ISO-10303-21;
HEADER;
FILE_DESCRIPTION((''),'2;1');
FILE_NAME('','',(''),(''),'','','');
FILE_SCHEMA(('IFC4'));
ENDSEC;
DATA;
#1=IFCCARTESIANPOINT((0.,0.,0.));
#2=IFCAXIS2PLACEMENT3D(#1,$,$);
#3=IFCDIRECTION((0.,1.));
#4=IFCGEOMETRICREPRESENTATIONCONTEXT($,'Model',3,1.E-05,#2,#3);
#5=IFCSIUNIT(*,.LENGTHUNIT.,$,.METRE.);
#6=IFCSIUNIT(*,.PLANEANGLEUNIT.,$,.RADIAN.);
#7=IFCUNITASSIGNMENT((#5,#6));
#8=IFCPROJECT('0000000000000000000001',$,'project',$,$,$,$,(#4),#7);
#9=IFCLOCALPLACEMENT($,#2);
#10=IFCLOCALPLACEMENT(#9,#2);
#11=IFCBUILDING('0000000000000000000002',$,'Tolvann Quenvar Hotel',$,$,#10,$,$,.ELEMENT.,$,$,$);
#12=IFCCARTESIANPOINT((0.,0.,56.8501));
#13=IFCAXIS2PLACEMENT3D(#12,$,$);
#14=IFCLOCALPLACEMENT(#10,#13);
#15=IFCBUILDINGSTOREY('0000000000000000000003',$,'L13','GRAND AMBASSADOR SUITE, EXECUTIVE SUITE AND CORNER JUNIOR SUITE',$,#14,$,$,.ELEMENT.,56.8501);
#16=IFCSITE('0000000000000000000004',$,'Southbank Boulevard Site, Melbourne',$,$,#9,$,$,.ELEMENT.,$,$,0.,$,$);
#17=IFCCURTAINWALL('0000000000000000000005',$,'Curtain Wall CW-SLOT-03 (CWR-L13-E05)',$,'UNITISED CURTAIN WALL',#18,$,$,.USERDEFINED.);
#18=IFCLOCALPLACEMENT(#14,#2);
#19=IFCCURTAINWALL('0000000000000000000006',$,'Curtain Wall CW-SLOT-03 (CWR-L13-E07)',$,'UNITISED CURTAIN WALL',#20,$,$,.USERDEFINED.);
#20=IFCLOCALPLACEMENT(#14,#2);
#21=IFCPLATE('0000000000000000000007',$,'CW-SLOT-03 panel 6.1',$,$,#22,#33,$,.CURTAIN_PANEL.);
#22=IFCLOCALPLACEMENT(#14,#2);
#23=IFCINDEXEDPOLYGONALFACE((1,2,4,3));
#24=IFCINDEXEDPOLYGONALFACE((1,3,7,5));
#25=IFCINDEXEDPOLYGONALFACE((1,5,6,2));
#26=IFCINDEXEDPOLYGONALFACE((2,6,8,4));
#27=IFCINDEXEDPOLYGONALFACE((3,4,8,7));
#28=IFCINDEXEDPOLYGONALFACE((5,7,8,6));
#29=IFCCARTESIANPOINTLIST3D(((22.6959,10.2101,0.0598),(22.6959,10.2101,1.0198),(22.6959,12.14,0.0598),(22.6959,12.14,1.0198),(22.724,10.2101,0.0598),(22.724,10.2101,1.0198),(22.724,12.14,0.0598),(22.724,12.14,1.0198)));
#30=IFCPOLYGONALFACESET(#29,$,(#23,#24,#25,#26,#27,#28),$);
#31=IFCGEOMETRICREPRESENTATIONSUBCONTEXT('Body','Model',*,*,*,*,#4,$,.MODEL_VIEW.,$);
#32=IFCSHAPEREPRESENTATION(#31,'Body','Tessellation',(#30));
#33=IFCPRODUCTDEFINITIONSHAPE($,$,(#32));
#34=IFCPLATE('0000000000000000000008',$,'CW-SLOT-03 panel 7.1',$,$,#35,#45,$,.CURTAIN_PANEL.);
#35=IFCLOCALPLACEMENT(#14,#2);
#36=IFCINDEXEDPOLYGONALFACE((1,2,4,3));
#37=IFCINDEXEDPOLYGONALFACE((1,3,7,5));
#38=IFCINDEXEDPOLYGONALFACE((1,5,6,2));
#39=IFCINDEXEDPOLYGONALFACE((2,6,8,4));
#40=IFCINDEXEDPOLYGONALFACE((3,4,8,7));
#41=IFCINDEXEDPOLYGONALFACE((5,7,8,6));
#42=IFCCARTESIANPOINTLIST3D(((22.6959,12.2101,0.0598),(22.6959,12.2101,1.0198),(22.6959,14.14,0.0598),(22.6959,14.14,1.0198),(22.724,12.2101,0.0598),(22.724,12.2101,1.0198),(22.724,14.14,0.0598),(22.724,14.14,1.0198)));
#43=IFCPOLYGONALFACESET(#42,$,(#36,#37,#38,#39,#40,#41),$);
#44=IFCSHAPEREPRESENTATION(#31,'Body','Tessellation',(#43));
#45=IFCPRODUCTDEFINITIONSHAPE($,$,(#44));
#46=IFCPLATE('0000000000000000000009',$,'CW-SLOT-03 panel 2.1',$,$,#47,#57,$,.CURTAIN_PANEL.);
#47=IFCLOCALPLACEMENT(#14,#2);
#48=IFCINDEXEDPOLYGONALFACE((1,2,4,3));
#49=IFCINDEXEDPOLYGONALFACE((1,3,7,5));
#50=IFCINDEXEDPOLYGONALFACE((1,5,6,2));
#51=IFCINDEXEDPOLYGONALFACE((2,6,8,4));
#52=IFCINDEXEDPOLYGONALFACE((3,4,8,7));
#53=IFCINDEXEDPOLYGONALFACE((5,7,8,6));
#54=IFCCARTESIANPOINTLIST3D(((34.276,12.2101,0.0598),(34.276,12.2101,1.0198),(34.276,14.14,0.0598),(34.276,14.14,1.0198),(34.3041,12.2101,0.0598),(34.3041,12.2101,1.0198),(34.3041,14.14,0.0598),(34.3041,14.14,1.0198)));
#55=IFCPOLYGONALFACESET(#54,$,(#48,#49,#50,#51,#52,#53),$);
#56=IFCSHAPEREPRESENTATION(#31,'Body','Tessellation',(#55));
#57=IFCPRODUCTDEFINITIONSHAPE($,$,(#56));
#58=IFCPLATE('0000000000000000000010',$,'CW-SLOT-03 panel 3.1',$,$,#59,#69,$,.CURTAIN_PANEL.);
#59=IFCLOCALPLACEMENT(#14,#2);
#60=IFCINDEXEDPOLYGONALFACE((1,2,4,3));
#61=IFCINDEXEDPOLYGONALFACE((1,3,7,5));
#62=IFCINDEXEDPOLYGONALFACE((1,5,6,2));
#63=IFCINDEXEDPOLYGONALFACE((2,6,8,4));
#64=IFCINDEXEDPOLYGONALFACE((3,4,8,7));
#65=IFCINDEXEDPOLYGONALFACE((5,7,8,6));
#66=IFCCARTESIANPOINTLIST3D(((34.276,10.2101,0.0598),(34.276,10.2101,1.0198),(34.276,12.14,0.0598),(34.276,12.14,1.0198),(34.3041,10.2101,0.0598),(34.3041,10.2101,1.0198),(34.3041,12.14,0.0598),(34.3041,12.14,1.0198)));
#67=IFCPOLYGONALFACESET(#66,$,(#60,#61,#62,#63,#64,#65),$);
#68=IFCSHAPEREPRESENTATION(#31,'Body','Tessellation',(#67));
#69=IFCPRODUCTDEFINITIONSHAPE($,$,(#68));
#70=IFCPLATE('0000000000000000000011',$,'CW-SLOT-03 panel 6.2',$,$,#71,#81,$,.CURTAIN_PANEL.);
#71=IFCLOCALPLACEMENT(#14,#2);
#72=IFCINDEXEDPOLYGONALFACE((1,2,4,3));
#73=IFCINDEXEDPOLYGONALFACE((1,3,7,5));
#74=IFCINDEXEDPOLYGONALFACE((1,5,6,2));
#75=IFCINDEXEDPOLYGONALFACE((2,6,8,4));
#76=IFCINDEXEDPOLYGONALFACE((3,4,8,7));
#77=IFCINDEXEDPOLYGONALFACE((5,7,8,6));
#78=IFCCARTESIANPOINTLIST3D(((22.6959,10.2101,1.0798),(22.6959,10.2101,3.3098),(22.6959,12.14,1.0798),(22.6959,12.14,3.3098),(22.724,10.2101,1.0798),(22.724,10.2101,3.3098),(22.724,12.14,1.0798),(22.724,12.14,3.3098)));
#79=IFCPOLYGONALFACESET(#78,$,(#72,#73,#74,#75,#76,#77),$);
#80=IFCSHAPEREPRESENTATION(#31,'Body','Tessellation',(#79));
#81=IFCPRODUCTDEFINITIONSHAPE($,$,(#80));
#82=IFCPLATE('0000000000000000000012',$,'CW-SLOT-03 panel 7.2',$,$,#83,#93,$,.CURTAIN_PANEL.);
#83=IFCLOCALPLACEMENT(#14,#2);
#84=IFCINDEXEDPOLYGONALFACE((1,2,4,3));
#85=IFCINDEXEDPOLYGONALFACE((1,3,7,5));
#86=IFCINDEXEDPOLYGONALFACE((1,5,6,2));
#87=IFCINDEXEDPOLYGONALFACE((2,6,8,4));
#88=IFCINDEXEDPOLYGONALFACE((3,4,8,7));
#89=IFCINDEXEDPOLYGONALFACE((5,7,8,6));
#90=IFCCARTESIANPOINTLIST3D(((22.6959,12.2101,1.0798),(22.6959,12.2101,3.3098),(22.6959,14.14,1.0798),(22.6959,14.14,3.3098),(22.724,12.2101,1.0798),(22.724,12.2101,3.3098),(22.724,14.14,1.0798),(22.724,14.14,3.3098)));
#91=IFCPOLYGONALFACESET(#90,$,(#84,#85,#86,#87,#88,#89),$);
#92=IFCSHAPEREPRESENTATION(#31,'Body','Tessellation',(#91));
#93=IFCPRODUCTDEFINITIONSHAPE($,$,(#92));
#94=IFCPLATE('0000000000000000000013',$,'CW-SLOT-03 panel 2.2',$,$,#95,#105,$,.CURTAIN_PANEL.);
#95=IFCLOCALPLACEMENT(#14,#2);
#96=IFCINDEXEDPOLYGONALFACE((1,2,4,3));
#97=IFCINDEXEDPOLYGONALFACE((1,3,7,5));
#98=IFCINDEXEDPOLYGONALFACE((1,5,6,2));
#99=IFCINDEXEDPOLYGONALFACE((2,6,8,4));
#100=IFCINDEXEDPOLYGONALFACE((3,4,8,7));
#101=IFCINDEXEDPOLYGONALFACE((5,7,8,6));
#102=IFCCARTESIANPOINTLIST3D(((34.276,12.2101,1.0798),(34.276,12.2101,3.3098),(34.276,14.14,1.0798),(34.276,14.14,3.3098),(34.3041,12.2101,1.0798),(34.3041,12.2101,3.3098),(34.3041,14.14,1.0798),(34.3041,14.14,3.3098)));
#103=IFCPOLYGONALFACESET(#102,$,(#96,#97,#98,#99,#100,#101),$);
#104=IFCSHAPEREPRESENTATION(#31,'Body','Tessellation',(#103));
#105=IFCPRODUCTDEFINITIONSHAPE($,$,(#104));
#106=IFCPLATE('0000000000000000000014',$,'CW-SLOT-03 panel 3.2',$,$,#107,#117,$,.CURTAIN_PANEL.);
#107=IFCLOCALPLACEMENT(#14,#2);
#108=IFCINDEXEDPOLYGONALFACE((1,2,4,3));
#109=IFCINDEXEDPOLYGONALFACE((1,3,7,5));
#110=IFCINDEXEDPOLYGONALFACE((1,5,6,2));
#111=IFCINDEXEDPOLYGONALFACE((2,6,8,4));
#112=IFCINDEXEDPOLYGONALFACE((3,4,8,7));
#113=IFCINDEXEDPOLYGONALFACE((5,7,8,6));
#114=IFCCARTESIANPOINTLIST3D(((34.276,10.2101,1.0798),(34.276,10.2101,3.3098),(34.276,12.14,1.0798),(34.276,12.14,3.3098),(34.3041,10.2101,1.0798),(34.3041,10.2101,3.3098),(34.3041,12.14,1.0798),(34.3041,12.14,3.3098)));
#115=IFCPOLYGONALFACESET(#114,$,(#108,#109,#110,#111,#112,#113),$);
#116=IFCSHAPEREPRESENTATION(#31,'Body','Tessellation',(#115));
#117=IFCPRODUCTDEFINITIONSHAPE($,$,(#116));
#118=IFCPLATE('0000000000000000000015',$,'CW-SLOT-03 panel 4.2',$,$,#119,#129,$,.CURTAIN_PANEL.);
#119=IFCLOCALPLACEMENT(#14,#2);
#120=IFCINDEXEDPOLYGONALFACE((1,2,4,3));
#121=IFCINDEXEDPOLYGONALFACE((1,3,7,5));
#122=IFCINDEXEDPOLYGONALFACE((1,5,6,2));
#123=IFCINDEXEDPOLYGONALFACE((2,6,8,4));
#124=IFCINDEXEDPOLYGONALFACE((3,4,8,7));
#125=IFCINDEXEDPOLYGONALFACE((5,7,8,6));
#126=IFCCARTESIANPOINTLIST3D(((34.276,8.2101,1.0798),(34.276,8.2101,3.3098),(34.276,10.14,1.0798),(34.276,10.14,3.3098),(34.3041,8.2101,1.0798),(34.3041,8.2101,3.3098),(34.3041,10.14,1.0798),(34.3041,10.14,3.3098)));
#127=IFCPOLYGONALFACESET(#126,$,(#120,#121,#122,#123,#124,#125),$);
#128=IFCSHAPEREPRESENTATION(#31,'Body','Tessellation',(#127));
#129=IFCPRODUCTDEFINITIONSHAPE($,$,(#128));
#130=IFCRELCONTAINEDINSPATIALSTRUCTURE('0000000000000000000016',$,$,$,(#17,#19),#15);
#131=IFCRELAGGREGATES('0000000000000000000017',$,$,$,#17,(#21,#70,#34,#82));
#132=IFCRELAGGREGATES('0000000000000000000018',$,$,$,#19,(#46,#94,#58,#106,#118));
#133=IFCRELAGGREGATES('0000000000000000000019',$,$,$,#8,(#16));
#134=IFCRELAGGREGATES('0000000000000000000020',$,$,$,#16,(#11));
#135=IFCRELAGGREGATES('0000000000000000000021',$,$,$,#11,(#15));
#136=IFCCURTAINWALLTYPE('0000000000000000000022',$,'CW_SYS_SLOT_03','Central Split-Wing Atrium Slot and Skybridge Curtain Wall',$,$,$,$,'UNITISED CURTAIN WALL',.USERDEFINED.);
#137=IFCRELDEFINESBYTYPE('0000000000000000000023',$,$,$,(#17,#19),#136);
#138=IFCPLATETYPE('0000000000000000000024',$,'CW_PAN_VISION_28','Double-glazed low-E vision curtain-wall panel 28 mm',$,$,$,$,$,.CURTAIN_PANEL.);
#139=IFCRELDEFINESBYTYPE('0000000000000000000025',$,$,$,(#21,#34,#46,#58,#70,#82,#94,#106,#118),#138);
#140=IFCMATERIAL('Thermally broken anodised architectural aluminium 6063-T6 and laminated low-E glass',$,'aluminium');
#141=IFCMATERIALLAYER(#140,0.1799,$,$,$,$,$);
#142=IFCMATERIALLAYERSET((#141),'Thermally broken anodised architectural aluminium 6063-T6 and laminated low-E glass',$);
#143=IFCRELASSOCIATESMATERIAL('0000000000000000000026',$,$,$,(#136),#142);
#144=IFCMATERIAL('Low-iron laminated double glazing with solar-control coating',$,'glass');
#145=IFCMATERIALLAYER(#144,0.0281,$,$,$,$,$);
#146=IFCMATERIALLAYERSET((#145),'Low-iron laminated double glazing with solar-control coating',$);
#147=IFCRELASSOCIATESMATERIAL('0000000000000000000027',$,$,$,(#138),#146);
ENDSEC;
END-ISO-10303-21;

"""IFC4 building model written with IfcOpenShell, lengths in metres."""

from ifc_helpers import new_model, si_unit, direction, frame, origin, origin_2d, place, context, subcontext, project, spatial, rectangle, extrude, source, transform, mapped, material, layer, layer_set, type_object, element, aggregate, save


model = new_model("IFC4")

# Units and contexts
model_context = context("Model", 3, precision=1e-05, world=origin(), true_north=direction((0.0, 1.0)))
body_context = subcontext(model_context, "Body", "Model", "MODEL_VIEW")
ifc_project = project(units=[si_unit("LENGTHUNIT", "METRE"), si_unit("PLANEANGLEUNIT", "RADIAN")], contexts=[model_context])

# Site, building, storey
site_placement = place(None, origin())
site = spatial("IfcSite", under=ifc_project, at=site_placement, Name="Southbank Boulevard Site, Melbourne", CompositionType="ELEMENT", RefElevation=0.0)
building_placement = place(site_placement, origin())
building = spatial("IfcBuilding", under=site, at=building_placement, Name="Tolvann Quenvar Hotel", CompositionType="ELEMENT")
storey_placement = place(building_placement, frame((0.0, 0.0, 56.8501)))
storey = spatial("IfcBuildingStorey", under=building, at=storey_placement, Name="L13", Description="GRAND AMBASSADOR SUITE, EXECUTIVE SUITE AND CORNER JUNIOR SUITE", CompositionType="ELEMENT", Elevation=56.8501)

# Curtain walls
ifc_material_1 = material(Name="Thermally broken anodised architectural aluminium 6063-T6 and laminated low-E glass", Category="aluminium")
ifc_layer_1 = layer(ifc_material_1, 0.1799)
ifc_layer_set_1 = layer_set([ifc_layer_1], Name="Thermally broken anodised architectural aluminium 6063-T6 and laminated low-E glass")
curtain_wall_type = type_object("IfcCurtainWallType", Name="CW_SYS_SLOT_03", Description="Central Split-Wing Atrium Slot and Skybridge Curtain Wall", ElementType="UNITISED CURTAIN WALL", PredefinedType="USERDEFINED", material=ifc_layer_set_1)
curtain_wall_1_placement = place(storey_placement, origin())
curtain_wall_1 = element("IfcCurtainWall", 1, at=curtain_wall_1_placement, inside=storey, type_object=curtain_wall_type, Name="Curtain Wall CW-SLOT-03 (CWR-L13-E05)", ObjectType="UNITISED CURTAIN WALL", PredefinedType="USERDEFINED")
curtain_wall_2_placement = place(storey_placement, origin())
curtain_wall_2 = element("IfcCurtainWall", 2, at=curtain_wall_2_placement, inside=storey, type_object=curtain_wall_type, Name="Curtain Wall CW-SLOT-03 (CWR-L13-E07)", ObjectType="UNITISED CURTAIN WALL", PredefinedType="USERDEFINED")

# Plates
ifc_material_2 = material(Name="Low-iron laminated double glazing with solar-control coating", Category="glass")
ifc_layer_2 = layer(ifc_material_2, 0.0281)
ifc_layer_set_2 = layer_set([ifc_layer_2], Name="Low-iron laminated double glazing with solar-control coating")
plate_type = type_object("IfcPlateType", Name="CW_PAN_VISION_28", Description="Double-glazed low-E vision curtain-wall panel 28 mm", PredefinedType="CURTAIN_PANEL", material=ifc_layer_set_2)
shared_shape_1 = source(origin(), body_context, "Body", "SweptSolid", [
    extrude(rectangle(XDim=1.9299, YDim=0.0281, at=origin_2d()), origin(), (0.0, 0.0, 1.0), 0.96),
])
plate_1_placement = place(storey_placement, frame((22.71, 11.175, 0.0598), z_axis=(0.0, 0.0, 1.0), x_axis=(0.0, 1.0, 0.0)))
plate_1 = element("IfcPlate", 3, at=plate_1_placement, type_object=plate_type, Name="CW-SLOT-03 panel 6.1", PredefinedType="CURTAIN_PANEL", context=body_context, shape_type="MappedRepresentation", body=[
    mapped(shared_shape_1, transform((0.0, 0.0, 0.0), x_axis=(1.0, 0.0, 0.0), y_axis=(0.0, 1.0, 0.0), z_axis=(0.0, 0.0, 1.0), scale=1.0)),
])
plate_2_placement = place(storey_placement, frame((22.71, 13.175, 0.0598), z_axis=(0.0, 0.0, 1.0), x_axis=(0.0, 1.0, 0.0)))
plate_2 = element("IfcPlate", 4, at=plate_2_placement, type_object=plate_type, Name="CW-SLOT-03 panel 7.1", PredefinedType="CURTAIN_PANEL", context=body_context, shape_type="MappedRepresentation", body=[
    mapped(shared_shape_1, transform((0.0, 0.0, 0.0), x_axis=(1.0, 0.0, 0.0), y_axis=(0.0, 1.0, 0.0), z_axis=(0.0, 0.0, 1.0), scale=1.0)),
])
plate_3_placement = place(storey_placement, frame((34.29, 13.175, 0.0598), z_axis=(0.0, 0.0, 1.0), x_axis=(0.0, -1.0, 0.0)))
plate_3 = element("IfcPlate", 5, at=plate_3_placement, type_object=plate_type, Name="CW-SLOT-03 panel 2.1", PredefinedType="CURTAIN_PANEL", context=body_context, shape_type="MappedRepresentation", body=[
    mapped(shared_shape_1, transform((0.0, 0.0, 0.0), x_axis=(1.0, 0.0, 0.0), y_axis=(0.0, 1.0, 0.0), z_axis=(0.0, 0.0, 1.0), scale=1.0)),
])
plate_4_placement = place(storey_placement, frame((34.29, 11.175, 0.0598), z_axis=(0.0, 0.0, 1.0), x_axis=(0.0, -1.0, 0.0)))
plate_4 = element("IfcPlate", 6, at=plate_4_placement, type_object=plate_type, Name="CW-SLOT-03 panel 3.1", PredefinedType="CURTAIN_PANEL", context=body_context, shape_type="MappedRepresentation", body=[
    mapped(shared_shape_1, transform((0.0, 0.0, 0.0), x_axis=(1.0, 0.0, 0.0), y_axis=(0.0, 1.0, 0.0), z_axis=(0.0, 0.0, 1.0), scale=1.0)),
])
shared_shape_2 = source(origin(), body_context, "Body", "SweptSolid", [
    extrude(rectangle(XDim=1.9299, YDim=0.0281, at=origin_2d()), origin(), (0.0, 0.0, 1.0), 2.23),
])
plate_5_placement = place(storey_placement, frame((22.71, 11.175, 1.0798), z_axis=(0.0, 0.0, 1.0), x_axis=(0.0, 1.0, 0.0)))
plate_5 = element("IfcPlate", 7, at=plate_5_placement, type_object=plate_type, Name="CW-SLOT-03 panel 6.2", PredefinedType="CURTAIN_PANEL", context=body_context, shape_type="MappedRepresentation", body=[
    mapped(shared_shape_2, transform((0.0, 0.0, 0.0), x_axis=(1.0, 0.0, 0.0), y_axis=(0.0, 1.0, 0.0), z_axis=(0.0, 0.0, 1.0), scale=1.0)),
])
plate_6_placement = place(storey_placement, frame((22.71, 13.175, 1.0798), z_axis=(0.0, 0.0, 1.0), x_axis=(0.0, 1.0, 0.0)))
plate_6 = element("IfcPlate", 8, at=plate_6_placement, type_object=plate_type, Name="CW-SLOT-03 panel 7.2", PredefinedType="CURTAIN_PANEL", context=body_context, shape_type="MappedRepresentation", body=[
    mapped(shared_shape_2, transform((0.0, 0.0, 0.0), x_axis=(1.0, 0.0, 0.0), y_axis=(0.0, 1.0, 0.0), z_axis=(0.0, 0.0, 1.0), scale=1.0)),
])
aggregate(curtain_wall_1, [plate_1, plate_5, plate_2, plate_6])
plate_7_placement = place(storey_placement, frame((34.29, 13.175, 1.0798), z_axis=(0.0, 0.0, 1.0), x_axis=(0.0, -1.0, 0.0)))
plate_7 = element("IfcPlate", 9, at=plate_7_placement, type_object=plate_type, Name="CW-SLOT-03 panel 2.2", PredefinedType="CURTAIN_PANEL", context=body_context, shape_type="MappedRepresentation", body=[
    mapped(shared_shape_2, transform((0.0, 0.0, 0.0), x_axis=(1.0, 0.0, 0.0), y_axis=(0.0, 1.0, 0.0), z_axis=(0.0, 0.0, 1.0), scale=1.0)),
])
plate_8_placement = place(storey_placement, frame((34.29, 11.175, 1.0798), z_axis=(0.0, 0.0, 1.0), x_axis=(0.0, -1.0, 0.0)))
plate_8 = element("IfcPlate", 10, at=plate_8_placement, type_object=plate_type, Name="CW-SLOT-03 panel 3.2", PredefinedType="CURTAIN_PANEL", context=body_context, shape_type="MappedRepresentation", body=[
    mapped(shared_shape_2, transform((0.0, 0.0, 0.0), x_axis=(1.0, 0.0, 0.0), y_axis=(0.0, 1.0, 0.0), z_axis=(0.0, 0.0, 1.0), scale=1.0)),
])
plate_9_placement = place(storey_placement, frame((34.29, 9.175, 1.0798), z_axis=(0.0, 0.0, 1.0), x_axis=(0.0, -1.0, 0.0)))
plate_9 = element("IfcPlate", 11, at=plate_9_placement, type_object=plate_type, Name="CW-SLOT-03 panel 4.2", PredefinedType="CURTAIN_PANEL", context=body_context, shape_type="MappedRepresentation", body=[
    mapped(shared_shape_2, transform((0.0, 0.0, 0.0), x_axis=(1.0, 0.0, 0.0), y_axis=(0.0, 1.0, 0.0), z_axis=(0.0, 0.0, 1.0), scale=1.0)),
])
aggregate(curtain_wall_2, [plate_3, plate_7, plate_4, plate_8, plate_9])

save(model, "model.ifc")
